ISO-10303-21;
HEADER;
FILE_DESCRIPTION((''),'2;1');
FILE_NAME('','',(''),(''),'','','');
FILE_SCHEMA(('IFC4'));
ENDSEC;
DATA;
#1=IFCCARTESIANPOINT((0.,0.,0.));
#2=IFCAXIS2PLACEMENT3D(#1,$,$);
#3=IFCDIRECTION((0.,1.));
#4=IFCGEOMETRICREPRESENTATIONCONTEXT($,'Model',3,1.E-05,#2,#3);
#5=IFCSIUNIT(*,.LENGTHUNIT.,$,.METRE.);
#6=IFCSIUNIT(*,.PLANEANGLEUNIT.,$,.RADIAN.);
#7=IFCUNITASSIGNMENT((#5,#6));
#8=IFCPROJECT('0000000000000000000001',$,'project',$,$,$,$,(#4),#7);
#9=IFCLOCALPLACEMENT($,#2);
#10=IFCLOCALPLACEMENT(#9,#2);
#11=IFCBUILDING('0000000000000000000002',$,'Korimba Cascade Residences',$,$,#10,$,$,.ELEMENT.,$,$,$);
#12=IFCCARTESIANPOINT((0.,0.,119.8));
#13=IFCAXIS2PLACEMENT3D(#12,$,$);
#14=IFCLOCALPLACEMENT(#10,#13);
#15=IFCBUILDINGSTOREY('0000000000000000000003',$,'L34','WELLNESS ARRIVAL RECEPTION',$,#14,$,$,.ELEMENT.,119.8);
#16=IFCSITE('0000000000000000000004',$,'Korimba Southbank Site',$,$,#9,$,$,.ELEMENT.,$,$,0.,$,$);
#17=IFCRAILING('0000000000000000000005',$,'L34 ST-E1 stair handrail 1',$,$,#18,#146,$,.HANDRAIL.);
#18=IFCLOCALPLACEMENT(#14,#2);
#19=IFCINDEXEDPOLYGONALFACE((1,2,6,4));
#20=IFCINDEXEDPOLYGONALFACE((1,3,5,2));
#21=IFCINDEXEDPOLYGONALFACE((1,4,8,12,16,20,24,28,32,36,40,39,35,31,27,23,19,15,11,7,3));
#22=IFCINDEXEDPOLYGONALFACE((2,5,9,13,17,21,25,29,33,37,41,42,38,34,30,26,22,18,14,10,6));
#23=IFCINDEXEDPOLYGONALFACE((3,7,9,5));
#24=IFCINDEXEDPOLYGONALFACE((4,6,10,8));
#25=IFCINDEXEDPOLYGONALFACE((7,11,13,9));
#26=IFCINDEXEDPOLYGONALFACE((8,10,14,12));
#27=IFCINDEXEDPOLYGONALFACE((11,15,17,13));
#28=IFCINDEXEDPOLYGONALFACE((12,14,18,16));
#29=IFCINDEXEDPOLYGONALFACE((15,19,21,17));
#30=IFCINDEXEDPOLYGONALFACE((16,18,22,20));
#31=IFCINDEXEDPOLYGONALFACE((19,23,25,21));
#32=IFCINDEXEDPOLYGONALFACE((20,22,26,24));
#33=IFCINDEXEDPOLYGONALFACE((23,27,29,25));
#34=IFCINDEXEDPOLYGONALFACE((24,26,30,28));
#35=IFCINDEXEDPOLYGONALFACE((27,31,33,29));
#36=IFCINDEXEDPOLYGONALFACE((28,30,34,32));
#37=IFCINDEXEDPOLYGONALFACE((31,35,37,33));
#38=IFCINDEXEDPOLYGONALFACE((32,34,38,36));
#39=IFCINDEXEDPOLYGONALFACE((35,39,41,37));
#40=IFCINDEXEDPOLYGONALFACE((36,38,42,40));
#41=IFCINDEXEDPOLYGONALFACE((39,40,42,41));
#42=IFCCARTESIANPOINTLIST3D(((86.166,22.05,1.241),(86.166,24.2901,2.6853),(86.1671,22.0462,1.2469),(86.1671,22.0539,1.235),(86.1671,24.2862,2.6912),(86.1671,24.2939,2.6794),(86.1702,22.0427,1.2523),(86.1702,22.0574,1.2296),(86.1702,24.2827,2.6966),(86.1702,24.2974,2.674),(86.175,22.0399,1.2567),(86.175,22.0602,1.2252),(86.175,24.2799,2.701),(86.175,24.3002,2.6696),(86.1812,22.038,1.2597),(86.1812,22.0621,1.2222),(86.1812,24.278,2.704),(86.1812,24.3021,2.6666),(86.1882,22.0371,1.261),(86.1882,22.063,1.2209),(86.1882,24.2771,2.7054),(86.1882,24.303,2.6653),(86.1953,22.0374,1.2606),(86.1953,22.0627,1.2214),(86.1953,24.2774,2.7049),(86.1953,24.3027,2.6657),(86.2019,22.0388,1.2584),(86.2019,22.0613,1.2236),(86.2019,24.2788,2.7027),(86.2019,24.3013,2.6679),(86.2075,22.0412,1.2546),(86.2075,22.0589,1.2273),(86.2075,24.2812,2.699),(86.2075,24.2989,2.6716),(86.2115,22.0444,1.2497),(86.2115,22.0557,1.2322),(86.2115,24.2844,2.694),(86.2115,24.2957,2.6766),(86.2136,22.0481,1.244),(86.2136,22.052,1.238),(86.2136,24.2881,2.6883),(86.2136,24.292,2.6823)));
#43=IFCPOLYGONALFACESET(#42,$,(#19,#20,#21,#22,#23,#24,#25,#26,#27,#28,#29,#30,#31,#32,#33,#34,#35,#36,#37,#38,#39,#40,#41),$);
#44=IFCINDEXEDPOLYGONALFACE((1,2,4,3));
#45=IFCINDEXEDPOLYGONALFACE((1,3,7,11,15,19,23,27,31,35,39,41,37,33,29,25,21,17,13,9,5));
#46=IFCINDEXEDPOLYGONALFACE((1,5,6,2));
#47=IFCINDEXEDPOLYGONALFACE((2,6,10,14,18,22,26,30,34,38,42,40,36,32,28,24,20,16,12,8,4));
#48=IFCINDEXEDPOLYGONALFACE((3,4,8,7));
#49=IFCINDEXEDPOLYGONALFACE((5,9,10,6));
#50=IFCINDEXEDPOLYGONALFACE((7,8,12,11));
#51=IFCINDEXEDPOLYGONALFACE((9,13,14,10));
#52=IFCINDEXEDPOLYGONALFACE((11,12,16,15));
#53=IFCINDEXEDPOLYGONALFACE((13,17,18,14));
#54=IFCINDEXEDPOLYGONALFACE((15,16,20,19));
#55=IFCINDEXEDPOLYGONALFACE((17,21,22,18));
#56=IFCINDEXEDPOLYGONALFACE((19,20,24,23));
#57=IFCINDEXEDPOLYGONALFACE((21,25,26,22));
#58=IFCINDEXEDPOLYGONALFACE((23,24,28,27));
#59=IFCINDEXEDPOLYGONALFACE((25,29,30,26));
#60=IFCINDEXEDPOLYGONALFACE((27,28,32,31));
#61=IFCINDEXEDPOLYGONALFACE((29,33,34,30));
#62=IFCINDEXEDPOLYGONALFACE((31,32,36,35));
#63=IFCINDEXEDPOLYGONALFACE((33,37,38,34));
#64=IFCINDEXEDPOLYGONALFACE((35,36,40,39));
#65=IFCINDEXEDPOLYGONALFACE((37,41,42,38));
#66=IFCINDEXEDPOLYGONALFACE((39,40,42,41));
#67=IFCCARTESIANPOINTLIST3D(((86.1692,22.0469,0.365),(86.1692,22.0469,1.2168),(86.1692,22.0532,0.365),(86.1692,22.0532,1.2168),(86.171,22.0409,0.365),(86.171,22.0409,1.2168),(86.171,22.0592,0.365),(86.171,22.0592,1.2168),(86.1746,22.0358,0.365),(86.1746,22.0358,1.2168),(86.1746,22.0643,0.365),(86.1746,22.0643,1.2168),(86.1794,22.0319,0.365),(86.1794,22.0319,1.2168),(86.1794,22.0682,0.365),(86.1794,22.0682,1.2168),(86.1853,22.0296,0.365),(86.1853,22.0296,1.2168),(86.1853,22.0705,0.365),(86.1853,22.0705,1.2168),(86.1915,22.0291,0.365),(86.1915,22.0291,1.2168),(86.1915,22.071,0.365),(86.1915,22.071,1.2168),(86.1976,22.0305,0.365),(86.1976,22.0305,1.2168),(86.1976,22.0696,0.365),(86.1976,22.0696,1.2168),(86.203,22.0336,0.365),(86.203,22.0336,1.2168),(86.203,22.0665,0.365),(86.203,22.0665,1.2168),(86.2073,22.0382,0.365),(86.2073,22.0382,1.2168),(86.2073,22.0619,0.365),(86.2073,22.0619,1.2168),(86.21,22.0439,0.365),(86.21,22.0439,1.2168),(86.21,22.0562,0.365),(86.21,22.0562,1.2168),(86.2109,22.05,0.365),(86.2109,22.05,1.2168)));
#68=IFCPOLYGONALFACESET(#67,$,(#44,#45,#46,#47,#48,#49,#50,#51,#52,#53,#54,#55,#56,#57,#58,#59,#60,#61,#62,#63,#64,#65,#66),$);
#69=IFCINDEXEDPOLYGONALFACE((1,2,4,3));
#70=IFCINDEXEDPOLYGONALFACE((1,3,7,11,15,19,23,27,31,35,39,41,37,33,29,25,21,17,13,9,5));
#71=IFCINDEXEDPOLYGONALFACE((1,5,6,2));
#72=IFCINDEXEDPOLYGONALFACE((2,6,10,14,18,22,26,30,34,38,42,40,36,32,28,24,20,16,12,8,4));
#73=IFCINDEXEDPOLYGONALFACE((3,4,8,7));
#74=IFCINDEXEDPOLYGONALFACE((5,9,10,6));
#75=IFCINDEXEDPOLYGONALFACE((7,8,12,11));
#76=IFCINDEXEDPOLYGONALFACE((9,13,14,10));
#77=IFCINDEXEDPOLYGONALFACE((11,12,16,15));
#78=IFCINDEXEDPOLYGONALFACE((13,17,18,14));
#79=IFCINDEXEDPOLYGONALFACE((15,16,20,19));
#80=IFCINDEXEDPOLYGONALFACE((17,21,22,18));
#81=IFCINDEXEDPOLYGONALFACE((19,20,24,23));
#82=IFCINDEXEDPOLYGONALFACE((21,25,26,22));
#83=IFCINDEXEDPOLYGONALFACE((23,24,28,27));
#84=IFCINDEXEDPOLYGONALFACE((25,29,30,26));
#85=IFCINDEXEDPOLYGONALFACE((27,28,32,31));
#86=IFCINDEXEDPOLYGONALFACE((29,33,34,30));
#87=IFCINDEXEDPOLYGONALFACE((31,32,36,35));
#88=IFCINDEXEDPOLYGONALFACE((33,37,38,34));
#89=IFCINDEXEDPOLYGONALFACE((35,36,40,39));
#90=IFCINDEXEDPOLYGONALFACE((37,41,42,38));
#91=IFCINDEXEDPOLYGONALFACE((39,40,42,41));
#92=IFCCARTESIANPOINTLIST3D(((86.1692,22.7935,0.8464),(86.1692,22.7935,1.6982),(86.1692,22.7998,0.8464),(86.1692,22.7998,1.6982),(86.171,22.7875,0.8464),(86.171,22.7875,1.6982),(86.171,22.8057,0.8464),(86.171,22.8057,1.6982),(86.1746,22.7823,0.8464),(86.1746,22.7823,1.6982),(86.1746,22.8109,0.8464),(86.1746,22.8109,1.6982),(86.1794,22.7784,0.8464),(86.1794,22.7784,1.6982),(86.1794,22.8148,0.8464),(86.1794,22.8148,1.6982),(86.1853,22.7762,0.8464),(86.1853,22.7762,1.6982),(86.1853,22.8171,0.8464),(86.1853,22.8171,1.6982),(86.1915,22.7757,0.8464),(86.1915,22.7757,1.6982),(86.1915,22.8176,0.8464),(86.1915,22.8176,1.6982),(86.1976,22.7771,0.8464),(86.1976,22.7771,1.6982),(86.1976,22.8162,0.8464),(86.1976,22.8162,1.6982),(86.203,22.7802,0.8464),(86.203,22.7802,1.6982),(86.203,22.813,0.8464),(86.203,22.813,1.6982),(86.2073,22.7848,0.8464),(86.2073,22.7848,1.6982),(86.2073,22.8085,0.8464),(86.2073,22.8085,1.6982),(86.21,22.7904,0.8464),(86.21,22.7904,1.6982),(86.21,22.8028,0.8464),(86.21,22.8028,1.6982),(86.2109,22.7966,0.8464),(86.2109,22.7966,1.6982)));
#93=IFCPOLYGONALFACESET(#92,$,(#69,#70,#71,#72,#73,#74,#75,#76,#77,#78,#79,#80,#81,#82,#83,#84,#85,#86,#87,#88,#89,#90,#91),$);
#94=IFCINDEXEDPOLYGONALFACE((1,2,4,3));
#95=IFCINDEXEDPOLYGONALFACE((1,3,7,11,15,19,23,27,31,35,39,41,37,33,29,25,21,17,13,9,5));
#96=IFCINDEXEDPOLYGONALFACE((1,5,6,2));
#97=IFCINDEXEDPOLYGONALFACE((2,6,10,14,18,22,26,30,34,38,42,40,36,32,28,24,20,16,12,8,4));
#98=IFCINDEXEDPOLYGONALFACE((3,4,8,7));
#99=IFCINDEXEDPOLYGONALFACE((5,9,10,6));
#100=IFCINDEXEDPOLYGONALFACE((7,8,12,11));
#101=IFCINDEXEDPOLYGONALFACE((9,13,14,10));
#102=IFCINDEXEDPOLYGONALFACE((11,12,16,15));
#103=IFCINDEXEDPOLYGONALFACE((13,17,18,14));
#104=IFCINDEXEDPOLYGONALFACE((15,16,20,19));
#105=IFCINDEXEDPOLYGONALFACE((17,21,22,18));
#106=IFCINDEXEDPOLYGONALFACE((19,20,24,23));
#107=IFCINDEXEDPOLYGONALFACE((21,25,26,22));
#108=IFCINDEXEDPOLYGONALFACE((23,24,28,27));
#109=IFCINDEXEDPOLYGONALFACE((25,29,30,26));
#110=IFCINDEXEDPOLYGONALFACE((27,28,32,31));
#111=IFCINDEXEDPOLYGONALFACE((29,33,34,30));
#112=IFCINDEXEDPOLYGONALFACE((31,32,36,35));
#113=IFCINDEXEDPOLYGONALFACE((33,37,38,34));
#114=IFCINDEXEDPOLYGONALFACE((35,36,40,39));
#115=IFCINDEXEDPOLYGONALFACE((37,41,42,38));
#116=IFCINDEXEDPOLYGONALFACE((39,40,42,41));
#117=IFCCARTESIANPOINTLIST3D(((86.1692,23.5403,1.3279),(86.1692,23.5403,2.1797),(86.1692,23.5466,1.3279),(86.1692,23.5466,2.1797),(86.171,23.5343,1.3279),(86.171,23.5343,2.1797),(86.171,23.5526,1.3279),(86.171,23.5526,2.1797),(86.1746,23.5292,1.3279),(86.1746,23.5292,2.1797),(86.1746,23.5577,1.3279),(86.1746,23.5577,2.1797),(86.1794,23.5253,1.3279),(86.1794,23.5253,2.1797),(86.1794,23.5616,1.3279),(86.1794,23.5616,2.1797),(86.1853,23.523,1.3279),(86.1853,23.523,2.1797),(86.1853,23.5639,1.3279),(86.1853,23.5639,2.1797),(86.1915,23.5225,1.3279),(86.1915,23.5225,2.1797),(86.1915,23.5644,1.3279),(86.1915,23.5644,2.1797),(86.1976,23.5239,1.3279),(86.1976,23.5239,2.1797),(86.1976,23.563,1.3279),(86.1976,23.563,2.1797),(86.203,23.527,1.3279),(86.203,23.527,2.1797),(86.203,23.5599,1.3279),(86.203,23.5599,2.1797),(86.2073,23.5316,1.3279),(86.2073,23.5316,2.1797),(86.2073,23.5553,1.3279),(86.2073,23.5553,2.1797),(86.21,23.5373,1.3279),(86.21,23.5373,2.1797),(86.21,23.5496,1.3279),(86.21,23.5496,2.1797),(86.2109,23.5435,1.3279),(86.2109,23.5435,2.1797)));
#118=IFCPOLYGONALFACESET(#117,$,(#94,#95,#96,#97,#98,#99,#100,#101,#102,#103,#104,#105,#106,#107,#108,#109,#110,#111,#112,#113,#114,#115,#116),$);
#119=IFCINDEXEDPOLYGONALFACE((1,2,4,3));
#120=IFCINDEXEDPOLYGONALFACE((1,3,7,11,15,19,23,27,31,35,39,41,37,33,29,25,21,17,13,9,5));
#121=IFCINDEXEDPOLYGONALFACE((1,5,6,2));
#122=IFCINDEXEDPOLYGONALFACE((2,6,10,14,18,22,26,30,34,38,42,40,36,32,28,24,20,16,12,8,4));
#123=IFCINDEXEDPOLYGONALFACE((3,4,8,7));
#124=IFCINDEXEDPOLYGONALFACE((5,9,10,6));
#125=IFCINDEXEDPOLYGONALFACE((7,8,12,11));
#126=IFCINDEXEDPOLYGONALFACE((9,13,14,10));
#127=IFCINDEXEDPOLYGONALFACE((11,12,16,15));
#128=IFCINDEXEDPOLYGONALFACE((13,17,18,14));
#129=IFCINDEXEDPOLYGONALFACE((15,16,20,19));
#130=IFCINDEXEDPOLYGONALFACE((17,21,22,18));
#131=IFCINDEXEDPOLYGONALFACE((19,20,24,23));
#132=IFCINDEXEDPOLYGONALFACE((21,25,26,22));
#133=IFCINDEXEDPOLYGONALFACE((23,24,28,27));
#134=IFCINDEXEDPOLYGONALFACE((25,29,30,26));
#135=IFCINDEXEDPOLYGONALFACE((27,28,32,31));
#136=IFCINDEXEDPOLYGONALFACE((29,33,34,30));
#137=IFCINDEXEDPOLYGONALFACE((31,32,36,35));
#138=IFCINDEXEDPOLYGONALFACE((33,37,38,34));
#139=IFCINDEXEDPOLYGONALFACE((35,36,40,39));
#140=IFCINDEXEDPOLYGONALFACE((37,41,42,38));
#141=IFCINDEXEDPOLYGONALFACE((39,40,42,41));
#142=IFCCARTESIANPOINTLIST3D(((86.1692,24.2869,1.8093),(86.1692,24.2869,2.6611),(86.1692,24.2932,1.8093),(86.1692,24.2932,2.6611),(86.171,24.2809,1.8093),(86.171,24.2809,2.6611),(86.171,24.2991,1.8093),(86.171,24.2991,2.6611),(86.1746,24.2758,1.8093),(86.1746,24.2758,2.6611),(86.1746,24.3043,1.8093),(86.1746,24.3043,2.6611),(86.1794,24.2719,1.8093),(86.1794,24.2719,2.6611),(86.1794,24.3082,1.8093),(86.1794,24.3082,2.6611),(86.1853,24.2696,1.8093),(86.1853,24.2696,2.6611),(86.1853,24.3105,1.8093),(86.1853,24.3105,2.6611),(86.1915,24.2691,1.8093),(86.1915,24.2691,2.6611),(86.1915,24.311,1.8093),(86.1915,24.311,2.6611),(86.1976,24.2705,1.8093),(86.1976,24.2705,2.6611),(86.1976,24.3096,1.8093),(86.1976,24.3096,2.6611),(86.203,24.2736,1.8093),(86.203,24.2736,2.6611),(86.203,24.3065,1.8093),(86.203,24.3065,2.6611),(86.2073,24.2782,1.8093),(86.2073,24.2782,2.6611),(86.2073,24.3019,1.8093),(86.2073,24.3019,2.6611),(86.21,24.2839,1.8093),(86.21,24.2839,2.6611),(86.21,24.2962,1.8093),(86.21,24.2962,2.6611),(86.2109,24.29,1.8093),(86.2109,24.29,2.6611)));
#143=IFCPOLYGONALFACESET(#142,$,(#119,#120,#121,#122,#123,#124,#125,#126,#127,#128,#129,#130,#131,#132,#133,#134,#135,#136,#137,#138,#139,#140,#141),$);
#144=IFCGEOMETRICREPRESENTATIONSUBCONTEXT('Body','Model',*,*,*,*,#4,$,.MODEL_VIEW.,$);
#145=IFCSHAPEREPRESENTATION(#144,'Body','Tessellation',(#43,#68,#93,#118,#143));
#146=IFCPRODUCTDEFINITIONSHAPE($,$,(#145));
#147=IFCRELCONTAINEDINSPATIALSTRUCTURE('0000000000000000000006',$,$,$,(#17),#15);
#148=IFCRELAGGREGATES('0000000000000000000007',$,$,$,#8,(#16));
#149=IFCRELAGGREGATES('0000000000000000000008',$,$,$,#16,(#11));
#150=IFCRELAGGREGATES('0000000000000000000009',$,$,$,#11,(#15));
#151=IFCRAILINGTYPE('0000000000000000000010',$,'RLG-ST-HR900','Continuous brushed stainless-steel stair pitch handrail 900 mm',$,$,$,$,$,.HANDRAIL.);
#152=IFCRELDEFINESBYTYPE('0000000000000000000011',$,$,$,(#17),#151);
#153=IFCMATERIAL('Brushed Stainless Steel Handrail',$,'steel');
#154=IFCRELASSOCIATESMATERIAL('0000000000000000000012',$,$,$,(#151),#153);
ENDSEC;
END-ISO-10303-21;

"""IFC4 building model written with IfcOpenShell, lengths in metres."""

from ifc_helpers import new_model, si_unit, direction, frame, origin, origin_2d, place, context, subcontext, project, spatial, circle, extrude, material, type_object, element, save


model = new_model("IFC4")

# Units and contexts
model_context = context("Model", 3, precision=1e-05, world=origin(), true_north=direction((0.0, 1.0)))
body_context = subcontext(model_context, "Body", "Model", "MODEL_VIEW")
ifc_project = project(units=[si_unit("LENGTHUNIT", "METRE"), si_unit("PLANEANGLEUNIT", "RADIAN")], contexts=[model_context])

# Site, building, storey
site_placement = place(None, origin())
site = spatial("IfcSite", under=ifc_project, at=site_placement, Name="Korimba Southbank Site", CompositionType="ELEMENT", RefElevation=0.0)
building_placement = place(site_placement, origin())
building = spatial("IfcBuilding", under=site, at=building_placement, Name="Korimba Cascade Residences", CompositionType="ELEMENT")
storey_placement = place(building_placement, frame((0.0, 0.0, 119.8)))
storey = spatial("IfcBuildingStorey", under=building, at=storey_placement, Name="L34", Description="WELLNESS ARRIVAL RECEPTION", CompositionType="ELEMENT", Elevation=119.8)

# Railing
ifc_material_1 = material(Name="Brushed Stainless Steel Handrail", Category="steel")
railing_type = type_object("IfcRailingType", Name="RLG-ST-HR900", Description="Continuous brushed stainless-steel stair pitch handrail 900 mm", PredefinedType="HANDRAIL", material=ifc_material_1)
railing_placement = place(storey_placement, frame((86.1899, 22.05, 0.365)))
element("IfcRailing", 1, at=railing_placement, inside=storey, type_object=railing_type, Name="L34 ST-E1 stair handrail 1", PredefinedType="HANDRAIL", context=body_context, shape_type="SweptSolid", body=[
    extrude(circle(Radius=0.0239, at=origin_2d()), frame((0.0, 0.0, 0.876), z_axis=(0.0, 0.840437, 0.54191), x_axis=(-1.0, 0.0, 0.0)), (0.0, 0.0, 1.0), 2.6653),
    extrude(circle(Radius=0.021, at=origin_2d()), origin(), (0.0, 0.0, 1.0), 0.8518),
    extrude(circle(Radius=0.021, at=origin_2d()), frame((0.0, 0.7466, 0.4814)), (0.0, 0.0, 1.0), 0.8518),
    extrude(circle(Radius=0.021, at=origin_2d()), frame((0.0, 1.4934, 0.9629)), (0.0, 0.0, 1.0), 0.8518),
    extrude(circle(Radius=0.021, at=origin_2d()), frame((0.0, 2.24, 1.4443)), (0.0, 0.0, 1.0), 0.8518),
])

save(model, "model.ifc")
